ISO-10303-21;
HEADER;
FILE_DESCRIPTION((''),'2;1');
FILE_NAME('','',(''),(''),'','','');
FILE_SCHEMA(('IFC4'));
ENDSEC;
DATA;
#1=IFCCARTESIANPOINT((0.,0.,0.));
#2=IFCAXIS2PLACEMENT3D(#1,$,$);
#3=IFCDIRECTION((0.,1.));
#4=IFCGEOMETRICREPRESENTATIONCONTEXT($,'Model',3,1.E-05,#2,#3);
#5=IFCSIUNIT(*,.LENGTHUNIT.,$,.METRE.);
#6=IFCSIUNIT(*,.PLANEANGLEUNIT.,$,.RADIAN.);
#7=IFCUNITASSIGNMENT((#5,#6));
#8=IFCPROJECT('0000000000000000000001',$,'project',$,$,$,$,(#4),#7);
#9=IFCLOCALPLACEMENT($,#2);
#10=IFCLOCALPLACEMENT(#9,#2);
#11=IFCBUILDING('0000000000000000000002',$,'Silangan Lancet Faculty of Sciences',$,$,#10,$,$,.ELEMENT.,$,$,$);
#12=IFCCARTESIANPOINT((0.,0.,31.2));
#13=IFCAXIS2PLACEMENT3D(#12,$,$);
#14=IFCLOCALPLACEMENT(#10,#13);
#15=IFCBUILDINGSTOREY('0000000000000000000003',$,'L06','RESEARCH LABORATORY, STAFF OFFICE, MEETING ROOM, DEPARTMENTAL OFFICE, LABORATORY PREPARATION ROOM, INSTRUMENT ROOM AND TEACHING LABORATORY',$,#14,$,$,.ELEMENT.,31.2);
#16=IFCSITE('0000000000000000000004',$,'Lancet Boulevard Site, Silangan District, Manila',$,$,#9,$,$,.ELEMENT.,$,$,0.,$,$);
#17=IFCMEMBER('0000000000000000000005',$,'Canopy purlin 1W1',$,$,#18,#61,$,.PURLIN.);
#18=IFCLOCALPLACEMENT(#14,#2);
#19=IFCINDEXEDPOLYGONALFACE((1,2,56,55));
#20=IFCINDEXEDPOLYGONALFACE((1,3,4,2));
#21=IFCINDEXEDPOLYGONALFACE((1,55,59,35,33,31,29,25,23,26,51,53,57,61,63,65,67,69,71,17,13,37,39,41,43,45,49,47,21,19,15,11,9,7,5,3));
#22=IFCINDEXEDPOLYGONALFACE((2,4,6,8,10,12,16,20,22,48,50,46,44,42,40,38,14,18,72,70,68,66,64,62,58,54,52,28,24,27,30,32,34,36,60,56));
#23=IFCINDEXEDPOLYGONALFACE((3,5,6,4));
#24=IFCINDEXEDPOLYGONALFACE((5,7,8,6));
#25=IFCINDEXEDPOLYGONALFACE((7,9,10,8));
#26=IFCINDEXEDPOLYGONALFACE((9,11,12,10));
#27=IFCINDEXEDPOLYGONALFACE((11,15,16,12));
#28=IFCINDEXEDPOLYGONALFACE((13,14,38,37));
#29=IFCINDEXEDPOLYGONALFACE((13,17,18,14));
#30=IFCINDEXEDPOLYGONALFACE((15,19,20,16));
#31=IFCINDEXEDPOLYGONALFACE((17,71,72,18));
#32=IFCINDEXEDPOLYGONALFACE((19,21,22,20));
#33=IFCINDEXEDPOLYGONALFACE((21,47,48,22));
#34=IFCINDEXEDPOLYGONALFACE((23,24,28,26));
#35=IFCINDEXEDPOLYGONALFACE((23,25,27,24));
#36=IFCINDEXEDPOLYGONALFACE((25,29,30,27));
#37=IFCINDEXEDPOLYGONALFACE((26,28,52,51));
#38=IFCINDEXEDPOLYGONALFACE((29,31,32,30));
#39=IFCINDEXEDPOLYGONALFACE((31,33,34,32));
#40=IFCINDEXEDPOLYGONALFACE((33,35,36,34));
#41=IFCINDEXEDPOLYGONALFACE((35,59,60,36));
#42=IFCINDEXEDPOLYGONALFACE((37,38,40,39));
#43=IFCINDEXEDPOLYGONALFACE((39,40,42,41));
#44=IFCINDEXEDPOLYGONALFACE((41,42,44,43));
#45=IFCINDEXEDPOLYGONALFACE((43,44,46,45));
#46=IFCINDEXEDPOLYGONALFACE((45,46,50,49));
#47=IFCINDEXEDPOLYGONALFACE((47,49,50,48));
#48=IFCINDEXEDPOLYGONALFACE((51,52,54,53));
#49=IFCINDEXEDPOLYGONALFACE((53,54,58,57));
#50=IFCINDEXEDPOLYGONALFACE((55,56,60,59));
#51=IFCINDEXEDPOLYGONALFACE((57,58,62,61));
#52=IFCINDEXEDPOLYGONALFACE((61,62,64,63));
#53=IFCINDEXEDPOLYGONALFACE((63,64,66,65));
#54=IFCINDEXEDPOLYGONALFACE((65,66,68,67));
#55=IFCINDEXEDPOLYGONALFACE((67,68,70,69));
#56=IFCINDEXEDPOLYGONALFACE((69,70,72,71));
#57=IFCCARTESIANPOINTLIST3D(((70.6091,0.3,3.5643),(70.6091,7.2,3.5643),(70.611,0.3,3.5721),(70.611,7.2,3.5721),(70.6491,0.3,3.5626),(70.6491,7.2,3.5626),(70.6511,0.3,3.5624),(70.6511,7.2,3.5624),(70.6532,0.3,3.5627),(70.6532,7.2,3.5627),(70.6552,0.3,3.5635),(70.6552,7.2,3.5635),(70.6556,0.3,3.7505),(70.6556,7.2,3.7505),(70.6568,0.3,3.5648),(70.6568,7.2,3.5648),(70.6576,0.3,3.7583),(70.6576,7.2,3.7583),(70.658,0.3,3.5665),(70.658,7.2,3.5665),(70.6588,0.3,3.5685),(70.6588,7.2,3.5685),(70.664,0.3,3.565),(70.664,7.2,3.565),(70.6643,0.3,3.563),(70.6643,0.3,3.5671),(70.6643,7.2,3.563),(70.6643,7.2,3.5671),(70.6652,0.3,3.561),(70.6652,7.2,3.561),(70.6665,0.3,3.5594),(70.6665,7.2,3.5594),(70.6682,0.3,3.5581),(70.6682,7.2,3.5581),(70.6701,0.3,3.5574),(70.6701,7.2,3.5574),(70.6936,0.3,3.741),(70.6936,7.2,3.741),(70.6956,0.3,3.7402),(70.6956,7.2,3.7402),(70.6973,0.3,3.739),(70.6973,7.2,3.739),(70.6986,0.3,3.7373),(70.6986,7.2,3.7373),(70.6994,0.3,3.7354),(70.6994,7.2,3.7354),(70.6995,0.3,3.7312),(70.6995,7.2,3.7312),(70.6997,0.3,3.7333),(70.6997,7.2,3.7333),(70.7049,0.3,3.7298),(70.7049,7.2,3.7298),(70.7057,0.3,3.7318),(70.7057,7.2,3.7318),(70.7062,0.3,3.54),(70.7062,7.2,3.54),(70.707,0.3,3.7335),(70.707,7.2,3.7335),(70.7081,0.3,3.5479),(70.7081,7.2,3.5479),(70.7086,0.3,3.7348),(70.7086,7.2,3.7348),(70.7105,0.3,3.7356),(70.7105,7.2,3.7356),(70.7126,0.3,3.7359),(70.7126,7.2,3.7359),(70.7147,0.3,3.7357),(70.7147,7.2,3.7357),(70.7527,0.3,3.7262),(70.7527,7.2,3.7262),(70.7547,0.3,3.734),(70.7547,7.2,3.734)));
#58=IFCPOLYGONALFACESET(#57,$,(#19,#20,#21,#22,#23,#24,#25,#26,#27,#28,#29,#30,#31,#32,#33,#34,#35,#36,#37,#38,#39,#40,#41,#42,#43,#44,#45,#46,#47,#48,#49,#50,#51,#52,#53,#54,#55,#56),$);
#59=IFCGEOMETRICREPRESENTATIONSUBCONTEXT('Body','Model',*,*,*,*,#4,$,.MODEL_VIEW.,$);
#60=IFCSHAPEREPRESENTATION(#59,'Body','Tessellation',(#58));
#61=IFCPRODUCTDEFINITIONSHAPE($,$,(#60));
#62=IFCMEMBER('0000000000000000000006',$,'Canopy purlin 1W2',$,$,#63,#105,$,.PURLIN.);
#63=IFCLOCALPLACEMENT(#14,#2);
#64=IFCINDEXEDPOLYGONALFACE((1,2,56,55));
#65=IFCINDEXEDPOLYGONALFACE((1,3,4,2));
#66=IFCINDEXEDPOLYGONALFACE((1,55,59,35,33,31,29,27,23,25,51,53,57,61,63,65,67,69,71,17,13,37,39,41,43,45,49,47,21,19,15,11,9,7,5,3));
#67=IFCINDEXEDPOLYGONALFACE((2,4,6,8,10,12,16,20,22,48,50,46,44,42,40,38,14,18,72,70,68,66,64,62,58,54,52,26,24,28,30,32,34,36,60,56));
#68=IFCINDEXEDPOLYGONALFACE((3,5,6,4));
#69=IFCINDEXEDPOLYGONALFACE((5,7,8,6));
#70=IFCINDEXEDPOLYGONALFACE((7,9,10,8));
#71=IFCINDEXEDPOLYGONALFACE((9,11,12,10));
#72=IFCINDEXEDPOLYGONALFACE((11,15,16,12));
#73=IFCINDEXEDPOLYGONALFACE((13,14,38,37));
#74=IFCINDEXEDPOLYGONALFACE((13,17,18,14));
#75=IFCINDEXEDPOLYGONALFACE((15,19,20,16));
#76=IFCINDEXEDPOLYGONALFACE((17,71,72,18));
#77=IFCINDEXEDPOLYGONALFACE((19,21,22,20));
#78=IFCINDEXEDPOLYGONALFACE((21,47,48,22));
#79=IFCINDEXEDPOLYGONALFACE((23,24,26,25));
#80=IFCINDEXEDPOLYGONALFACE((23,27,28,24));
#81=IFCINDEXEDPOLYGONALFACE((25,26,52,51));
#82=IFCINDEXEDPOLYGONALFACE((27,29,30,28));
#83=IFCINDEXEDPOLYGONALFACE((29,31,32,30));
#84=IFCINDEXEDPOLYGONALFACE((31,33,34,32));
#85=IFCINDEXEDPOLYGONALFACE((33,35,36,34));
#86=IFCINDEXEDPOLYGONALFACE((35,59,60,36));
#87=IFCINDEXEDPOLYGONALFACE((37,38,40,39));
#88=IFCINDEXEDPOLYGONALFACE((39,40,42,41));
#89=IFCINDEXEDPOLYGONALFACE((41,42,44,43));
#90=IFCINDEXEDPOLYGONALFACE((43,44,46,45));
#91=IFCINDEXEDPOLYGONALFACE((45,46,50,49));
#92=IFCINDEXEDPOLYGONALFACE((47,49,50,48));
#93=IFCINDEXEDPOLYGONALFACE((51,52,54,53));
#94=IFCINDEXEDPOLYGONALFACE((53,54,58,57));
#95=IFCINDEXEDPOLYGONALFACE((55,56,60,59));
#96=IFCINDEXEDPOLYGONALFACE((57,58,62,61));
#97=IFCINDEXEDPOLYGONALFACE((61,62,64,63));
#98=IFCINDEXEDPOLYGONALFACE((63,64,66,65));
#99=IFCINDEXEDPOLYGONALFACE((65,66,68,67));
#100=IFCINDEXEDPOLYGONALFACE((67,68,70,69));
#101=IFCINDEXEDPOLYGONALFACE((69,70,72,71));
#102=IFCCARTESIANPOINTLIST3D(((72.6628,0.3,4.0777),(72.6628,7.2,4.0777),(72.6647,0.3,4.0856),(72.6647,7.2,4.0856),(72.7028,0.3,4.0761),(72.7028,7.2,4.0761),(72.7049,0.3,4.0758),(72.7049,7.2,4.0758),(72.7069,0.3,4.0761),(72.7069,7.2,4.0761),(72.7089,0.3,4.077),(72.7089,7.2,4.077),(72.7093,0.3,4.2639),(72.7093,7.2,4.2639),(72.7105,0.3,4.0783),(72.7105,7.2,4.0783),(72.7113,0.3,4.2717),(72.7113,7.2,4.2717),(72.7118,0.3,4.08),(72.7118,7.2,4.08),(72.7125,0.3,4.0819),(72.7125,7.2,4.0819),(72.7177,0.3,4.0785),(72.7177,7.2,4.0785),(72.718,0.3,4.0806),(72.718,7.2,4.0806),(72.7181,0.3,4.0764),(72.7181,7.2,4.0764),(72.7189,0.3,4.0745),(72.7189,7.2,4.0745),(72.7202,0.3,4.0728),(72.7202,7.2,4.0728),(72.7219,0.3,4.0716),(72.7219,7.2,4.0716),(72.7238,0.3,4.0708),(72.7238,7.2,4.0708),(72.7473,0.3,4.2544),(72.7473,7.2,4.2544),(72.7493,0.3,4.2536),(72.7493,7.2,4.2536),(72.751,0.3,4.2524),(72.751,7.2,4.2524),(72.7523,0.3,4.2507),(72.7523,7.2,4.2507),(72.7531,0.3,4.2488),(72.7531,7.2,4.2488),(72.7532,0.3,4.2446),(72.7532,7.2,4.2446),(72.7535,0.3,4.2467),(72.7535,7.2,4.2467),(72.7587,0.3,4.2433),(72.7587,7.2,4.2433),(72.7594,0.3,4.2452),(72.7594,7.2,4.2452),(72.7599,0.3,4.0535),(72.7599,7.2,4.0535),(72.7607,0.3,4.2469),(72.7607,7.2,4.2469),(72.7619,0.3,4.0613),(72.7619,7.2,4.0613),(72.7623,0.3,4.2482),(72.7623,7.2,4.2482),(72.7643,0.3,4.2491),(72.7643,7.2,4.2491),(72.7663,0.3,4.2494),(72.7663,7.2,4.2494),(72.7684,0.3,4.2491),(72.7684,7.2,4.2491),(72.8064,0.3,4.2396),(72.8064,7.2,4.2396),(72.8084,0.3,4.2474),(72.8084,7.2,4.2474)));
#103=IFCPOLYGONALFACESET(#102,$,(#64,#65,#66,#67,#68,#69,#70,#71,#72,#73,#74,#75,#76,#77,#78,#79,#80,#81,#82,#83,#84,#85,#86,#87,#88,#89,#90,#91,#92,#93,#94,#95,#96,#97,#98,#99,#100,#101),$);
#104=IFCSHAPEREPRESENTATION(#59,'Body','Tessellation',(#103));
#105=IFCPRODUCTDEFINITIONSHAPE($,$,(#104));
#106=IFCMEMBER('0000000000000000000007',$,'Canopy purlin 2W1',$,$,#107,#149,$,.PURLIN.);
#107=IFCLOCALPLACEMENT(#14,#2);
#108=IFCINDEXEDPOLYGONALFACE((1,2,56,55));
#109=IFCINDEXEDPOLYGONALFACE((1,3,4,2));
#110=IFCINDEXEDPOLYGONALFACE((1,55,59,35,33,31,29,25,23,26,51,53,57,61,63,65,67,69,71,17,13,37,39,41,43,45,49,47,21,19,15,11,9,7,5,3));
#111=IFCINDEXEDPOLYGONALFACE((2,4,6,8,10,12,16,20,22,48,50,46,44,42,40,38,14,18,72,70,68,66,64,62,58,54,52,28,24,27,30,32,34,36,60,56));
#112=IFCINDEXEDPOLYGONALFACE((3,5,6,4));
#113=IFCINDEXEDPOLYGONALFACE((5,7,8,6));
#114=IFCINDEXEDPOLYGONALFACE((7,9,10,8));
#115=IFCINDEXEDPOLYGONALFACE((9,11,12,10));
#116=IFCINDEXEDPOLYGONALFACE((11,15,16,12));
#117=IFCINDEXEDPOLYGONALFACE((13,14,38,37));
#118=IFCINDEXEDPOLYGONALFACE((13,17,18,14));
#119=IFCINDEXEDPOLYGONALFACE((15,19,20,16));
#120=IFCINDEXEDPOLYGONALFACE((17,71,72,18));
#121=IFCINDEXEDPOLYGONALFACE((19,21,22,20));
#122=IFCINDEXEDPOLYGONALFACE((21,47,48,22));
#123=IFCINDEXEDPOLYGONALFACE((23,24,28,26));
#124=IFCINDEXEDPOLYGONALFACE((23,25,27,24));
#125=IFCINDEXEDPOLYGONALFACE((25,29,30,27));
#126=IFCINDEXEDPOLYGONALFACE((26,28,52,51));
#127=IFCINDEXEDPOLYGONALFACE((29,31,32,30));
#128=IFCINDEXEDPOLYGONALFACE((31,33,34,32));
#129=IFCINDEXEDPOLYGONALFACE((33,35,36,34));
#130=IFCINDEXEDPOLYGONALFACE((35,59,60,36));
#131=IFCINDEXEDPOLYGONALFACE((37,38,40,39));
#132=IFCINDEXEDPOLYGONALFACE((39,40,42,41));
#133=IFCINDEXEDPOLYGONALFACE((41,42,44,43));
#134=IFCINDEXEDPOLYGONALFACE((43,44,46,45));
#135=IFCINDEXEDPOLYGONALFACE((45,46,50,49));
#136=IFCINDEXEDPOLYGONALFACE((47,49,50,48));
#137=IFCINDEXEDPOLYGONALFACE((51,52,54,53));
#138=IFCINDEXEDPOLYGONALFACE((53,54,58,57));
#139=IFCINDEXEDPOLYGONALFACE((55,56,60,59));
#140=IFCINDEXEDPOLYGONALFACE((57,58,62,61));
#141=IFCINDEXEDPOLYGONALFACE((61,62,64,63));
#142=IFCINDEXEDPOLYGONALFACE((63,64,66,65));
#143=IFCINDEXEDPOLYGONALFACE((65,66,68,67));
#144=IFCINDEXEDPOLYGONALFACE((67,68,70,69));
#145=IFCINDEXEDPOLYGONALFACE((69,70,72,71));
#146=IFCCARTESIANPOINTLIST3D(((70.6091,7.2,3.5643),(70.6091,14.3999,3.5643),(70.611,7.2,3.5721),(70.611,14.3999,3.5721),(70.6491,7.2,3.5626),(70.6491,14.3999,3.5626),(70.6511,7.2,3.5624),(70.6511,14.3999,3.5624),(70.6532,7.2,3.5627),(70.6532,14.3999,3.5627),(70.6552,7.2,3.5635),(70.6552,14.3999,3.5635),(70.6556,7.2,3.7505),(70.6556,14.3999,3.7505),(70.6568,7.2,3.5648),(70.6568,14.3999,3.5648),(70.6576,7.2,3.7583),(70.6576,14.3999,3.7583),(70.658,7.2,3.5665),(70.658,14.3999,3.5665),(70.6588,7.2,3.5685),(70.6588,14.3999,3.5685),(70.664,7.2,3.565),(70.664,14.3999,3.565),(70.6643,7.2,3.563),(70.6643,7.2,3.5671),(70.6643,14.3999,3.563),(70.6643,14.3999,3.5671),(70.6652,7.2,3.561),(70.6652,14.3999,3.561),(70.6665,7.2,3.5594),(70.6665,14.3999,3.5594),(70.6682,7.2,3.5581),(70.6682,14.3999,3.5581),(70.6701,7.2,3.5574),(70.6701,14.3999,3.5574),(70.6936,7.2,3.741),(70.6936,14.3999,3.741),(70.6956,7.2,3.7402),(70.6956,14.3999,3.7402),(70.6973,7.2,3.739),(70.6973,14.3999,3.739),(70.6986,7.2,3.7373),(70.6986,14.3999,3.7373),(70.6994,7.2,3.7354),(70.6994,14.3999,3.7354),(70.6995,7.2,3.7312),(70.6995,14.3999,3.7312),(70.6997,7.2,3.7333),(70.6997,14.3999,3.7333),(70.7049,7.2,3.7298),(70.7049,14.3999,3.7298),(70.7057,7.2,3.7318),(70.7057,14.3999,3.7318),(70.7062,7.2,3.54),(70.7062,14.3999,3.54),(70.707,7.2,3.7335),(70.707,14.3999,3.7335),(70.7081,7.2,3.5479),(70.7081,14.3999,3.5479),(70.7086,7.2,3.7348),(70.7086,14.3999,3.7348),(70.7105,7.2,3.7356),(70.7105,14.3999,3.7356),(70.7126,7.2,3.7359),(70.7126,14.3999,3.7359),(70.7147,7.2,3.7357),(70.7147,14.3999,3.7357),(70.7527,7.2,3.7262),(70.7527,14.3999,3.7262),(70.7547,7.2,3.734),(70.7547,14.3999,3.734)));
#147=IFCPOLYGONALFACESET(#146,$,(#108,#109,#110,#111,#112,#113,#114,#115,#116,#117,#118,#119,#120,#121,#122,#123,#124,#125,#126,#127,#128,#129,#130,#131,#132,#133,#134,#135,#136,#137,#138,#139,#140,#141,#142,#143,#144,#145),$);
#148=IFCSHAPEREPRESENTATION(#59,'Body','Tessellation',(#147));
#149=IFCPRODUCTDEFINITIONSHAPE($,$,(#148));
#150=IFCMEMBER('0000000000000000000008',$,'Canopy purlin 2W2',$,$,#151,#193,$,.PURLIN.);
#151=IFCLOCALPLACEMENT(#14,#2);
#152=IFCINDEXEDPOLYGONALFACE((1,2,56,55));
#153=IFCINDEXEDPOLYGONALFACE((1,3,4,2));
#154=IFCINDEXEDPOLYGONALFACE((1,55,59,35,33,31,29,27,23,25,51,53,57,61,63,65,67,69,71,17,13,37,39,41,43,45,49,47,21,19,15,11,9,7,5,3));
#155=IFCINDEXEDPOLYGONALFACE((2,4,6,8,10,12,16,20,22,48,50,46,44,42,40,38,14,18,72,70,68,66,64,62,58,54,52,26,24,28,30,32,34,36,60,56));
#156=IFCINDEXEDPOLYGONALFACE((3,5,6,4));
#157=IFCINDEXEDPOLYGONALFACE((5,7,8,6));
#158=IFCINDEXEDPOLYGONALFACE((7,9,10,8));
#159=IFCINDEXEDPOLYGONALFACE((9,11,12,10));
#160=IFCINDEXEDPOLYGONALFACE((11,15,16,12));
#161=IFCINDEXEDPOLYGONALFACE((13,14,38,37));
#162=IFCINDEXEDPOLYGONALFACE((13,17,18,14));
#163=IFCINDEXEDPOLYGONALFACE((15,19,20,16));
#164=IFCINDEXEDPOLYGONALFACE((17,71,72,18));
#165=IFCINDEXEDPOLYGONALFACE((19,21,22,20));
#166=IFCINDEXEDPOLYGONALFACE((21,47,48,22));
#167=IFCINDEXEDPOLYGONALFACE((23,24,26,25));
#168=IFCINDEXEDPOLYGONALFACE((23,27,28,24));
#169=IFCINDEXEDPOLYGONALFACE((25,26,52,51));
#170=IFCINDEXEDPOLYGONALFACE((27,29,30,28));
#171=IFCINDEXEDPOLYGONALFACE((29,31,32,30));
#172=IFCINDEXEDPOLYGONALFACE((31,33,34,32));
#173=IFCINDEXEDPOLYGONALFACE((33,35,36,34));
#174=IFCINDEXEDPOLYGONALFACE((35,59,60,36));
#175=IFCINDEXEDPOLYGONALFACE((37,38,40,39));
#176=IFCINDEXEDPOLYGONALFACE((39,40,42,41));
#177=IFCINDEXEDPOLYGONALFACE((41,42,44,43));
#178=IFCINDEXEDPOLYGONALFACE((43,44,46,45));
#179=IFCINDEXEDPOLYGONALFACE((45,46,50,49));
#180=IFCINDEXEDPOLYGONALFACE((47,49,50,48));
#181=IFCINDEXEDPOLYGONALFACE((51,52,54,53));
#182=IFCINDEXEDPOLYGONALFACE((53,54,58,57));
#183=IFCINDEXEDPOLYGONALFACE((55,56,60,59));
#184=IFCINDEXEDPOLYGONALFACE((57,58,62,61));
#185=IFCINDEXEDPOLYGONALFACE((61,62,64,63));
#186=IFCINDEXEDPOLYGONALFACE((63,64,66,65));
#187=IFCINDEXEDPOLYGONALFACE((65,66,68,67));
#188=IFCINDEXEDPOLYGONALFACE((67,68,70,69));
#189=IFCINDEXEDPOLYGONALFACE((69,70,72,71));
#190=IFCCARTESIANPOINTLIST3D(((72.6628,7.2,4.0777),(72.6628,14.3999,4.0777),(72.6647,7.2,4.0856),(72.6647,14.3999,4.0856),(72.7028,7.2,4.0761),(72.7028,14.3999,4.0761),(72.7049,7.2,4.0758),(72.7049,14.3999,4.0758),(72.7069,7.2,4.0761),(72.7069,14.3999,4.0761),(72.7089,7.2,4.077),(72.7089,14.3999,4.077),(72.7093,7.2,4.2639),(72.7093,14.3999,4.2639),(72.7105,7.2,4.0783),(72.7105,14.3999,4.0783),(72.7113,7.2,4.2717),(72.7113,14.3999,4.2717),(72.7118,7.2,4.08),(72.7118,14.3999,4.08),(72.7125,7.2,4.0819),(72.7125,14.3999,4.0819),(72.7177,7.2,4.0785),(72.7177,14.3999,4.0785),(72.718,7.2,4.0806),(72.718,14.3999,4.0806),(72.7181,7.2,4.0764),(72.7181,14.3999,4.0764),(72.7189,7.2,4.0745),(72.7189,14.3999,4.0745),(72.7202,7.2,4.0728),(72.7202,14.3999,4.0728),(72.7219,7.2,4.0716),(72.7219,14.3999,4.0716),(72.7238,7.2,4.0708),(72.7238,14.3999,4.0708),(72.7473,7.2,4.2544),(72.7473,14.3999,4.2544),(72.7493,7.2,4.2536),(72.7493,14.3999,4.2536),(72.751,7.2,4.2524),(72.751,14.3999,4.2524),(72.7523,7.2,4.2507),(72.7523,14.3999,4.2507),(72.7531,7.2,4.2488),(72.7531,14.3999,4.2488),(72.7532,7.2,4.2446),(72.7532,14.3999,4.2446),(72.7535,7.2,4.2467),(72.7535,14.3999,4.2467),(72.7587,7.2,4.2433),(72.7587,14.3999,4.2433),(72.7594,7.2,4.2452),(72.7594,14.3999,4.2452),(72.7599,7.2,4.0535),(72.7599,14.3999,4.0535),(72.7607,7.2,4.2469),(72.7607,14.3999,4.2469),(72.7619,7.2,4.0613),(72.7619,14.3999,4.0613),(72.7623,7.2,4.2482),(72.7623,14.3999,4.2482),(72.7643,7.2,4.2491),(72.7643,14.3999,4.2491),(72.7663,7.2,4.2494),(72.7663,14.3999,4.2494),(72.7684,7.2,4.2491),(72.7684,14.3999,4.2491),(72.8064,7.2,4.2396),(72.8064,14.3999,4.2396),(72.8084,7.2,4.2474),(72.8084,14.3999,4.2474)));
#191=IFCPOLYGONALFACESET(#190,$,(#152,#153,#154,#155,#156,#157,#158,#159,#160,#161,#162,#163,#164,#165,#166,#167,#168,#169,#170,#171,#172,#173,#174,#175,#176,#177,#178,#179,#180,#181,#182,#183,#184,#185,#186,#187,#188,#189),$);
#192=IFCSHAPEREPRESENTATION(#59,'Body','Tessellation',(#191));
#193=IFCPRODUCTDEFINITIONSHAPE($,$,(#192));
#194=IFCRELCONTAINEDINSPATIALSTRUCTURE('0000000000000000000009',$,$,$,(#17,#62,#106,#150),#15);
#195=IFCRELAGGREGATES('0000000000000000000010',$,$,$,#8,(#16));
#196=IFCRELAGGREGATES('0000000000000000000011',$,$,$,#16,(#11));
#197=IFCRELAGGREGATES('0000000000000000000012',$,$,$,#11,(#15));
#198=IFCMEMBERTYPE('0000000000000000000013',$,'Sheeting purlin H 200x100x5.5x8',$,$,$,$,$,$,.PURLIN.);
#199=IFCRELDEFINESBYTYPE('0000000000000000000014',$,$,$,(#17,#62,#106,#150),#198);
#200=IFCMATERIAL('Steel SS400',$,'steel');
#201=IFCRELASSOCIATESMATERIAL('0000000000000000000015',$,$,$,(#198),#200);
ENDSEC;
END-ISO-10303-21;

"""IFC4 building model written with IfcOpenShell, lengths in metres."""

from ifc_helpers import new_model, si_unit, direction, frame, origin, origin_2d, place, context, subcontext, project, spatial, i_section, extrude, material, material_profile, profile_set, type_object, element, save


model = new_model("IFC4")

# Units and contexts
model_context = context("Model", 3, precision=1e-05, world=origin(), true_north=direction((0.0, 1.0)))
body_context = subcontext(model_context, "Body", "Model", "MODEL_VIEW")
ifc_project = project(units=[si_unit("LENGTHUNIT", "METRE"), si_unit("PLANEANGLEUNIT", "RADIAN")], contexts=[model_context])

# Site, building, storey
site_placement = place(None, origin())
site = spatial("IfcSite", under=ifc_project, at=site_placement, Name="Lancet Boulevard Site, Silangan District, Manila", CompositionType="ELEMENT", RefElevation=0.0)
building_placement = place(site_placement, origin())
building = spatial("IfcBuilding", under=site, at=building_placement, Name="Silangan Lancet Faculty of Sciences", CompositionType="ELEMENT")
storey_placement = place(building_placement, frame((0.0, 0.0, 31.2)))
storey = spatial("IfcBuildingStorey", under=building, at=storey_placement, Name="L06", Description="RESEARCH LABORATORY, STAFF OFFICE, MEETING ROOM, DEPARTMENTAL OFFICE, LABORATORY PREPARATION ROOM, INSTRUMENT ROOM AND TEACHING LABORATORY", CompositionType="ELEMENT", Elevation=31.2)

# Members
ifc_material_1 = material(Name="Steel SS400", Category="steel")
ifc_material_profile_1 = material_profile(ifc_material_1, i_section(OverallWidth=0.1001, OverallDepth=0.2, WebThickness=0.0056, FlangeThickness=0.0081, FilletRadius=0.0081, at=origin_2d()), Name="H 200x100x5.5x8")
ifc_profile_set_1 = profile_set([ifc_material_profile_1], Name="Steel SS400")
member_type_1 = type_object("IfcMemberType", Name="Sheeting purlin H 200x100x5.5x8", PredefinedType="PURLIN", material=ifc_profile_set_1)
for number, where, z_axis, x_axis, name in (
    (1, (70.6819, 0.3, 3.6492), (0.0, 1.0, 0.0), (-0.970143, 0.0, 0.242536), "Canopy purlin 1W1"),
    (2, (72.7356, 0.3, 4.1626), (0.0, 1.0, 0.0), (-0.970143, 0.0, 0.242536), "Canopy purlin 1W2"),
):
    element("IfcMember", number, at=place(storey_placement, frame(where, z_axis=z_axis, x_axis=x_axis)), inside=storey, type_object=member_type_1, Name=name, PredefinedType="PURLIN", context=body_context, shape_type="SweptSolid", body=[
        extrude(i_section(OverallWidth=0.1001, OverallDepth=0.2, WebThickness=0.0056, FlangeThickness=0.0081, FilletRadius=0.0081, at=origin_2d()), origin(), (0.0, 0.0, 1.0), 6.8999),
    ])
for number, where, z_axis, x_axis, name in (
    (3, (70.6819, 7.2, 3.6492), (0.0, 1.0, 0.0), (-0.970143, 0.0, 0.242536), "Canopy purlin 2W1"),
    (4, (72.7356, 7.2, 4.1626), (0.0, 1.0, 0.0), (-0.970143, 0.0, 0.242536), "Canopy purlin 2W2"),
):
    element("IfcMember", number, at=place(storey_placement, frame(where, z_axis=z_axis, x_axis=x_axis)), inside=storey, type_object=member_type_1, Name=name, PredefinedType="PURLIN", context=body_context, shape_type="SweptSolid", body=[
        extrude(i_section(OverallWidth=0.1001, OverallDepth=0.2, WebThickness=0.0056, FlangeThickness=0.0081, FilletRadius=0.0081, at=origin_2d()), origin(), (0.0, 0.0, 1.0), 7.2),
    ])

save(model, "model.ifc")
